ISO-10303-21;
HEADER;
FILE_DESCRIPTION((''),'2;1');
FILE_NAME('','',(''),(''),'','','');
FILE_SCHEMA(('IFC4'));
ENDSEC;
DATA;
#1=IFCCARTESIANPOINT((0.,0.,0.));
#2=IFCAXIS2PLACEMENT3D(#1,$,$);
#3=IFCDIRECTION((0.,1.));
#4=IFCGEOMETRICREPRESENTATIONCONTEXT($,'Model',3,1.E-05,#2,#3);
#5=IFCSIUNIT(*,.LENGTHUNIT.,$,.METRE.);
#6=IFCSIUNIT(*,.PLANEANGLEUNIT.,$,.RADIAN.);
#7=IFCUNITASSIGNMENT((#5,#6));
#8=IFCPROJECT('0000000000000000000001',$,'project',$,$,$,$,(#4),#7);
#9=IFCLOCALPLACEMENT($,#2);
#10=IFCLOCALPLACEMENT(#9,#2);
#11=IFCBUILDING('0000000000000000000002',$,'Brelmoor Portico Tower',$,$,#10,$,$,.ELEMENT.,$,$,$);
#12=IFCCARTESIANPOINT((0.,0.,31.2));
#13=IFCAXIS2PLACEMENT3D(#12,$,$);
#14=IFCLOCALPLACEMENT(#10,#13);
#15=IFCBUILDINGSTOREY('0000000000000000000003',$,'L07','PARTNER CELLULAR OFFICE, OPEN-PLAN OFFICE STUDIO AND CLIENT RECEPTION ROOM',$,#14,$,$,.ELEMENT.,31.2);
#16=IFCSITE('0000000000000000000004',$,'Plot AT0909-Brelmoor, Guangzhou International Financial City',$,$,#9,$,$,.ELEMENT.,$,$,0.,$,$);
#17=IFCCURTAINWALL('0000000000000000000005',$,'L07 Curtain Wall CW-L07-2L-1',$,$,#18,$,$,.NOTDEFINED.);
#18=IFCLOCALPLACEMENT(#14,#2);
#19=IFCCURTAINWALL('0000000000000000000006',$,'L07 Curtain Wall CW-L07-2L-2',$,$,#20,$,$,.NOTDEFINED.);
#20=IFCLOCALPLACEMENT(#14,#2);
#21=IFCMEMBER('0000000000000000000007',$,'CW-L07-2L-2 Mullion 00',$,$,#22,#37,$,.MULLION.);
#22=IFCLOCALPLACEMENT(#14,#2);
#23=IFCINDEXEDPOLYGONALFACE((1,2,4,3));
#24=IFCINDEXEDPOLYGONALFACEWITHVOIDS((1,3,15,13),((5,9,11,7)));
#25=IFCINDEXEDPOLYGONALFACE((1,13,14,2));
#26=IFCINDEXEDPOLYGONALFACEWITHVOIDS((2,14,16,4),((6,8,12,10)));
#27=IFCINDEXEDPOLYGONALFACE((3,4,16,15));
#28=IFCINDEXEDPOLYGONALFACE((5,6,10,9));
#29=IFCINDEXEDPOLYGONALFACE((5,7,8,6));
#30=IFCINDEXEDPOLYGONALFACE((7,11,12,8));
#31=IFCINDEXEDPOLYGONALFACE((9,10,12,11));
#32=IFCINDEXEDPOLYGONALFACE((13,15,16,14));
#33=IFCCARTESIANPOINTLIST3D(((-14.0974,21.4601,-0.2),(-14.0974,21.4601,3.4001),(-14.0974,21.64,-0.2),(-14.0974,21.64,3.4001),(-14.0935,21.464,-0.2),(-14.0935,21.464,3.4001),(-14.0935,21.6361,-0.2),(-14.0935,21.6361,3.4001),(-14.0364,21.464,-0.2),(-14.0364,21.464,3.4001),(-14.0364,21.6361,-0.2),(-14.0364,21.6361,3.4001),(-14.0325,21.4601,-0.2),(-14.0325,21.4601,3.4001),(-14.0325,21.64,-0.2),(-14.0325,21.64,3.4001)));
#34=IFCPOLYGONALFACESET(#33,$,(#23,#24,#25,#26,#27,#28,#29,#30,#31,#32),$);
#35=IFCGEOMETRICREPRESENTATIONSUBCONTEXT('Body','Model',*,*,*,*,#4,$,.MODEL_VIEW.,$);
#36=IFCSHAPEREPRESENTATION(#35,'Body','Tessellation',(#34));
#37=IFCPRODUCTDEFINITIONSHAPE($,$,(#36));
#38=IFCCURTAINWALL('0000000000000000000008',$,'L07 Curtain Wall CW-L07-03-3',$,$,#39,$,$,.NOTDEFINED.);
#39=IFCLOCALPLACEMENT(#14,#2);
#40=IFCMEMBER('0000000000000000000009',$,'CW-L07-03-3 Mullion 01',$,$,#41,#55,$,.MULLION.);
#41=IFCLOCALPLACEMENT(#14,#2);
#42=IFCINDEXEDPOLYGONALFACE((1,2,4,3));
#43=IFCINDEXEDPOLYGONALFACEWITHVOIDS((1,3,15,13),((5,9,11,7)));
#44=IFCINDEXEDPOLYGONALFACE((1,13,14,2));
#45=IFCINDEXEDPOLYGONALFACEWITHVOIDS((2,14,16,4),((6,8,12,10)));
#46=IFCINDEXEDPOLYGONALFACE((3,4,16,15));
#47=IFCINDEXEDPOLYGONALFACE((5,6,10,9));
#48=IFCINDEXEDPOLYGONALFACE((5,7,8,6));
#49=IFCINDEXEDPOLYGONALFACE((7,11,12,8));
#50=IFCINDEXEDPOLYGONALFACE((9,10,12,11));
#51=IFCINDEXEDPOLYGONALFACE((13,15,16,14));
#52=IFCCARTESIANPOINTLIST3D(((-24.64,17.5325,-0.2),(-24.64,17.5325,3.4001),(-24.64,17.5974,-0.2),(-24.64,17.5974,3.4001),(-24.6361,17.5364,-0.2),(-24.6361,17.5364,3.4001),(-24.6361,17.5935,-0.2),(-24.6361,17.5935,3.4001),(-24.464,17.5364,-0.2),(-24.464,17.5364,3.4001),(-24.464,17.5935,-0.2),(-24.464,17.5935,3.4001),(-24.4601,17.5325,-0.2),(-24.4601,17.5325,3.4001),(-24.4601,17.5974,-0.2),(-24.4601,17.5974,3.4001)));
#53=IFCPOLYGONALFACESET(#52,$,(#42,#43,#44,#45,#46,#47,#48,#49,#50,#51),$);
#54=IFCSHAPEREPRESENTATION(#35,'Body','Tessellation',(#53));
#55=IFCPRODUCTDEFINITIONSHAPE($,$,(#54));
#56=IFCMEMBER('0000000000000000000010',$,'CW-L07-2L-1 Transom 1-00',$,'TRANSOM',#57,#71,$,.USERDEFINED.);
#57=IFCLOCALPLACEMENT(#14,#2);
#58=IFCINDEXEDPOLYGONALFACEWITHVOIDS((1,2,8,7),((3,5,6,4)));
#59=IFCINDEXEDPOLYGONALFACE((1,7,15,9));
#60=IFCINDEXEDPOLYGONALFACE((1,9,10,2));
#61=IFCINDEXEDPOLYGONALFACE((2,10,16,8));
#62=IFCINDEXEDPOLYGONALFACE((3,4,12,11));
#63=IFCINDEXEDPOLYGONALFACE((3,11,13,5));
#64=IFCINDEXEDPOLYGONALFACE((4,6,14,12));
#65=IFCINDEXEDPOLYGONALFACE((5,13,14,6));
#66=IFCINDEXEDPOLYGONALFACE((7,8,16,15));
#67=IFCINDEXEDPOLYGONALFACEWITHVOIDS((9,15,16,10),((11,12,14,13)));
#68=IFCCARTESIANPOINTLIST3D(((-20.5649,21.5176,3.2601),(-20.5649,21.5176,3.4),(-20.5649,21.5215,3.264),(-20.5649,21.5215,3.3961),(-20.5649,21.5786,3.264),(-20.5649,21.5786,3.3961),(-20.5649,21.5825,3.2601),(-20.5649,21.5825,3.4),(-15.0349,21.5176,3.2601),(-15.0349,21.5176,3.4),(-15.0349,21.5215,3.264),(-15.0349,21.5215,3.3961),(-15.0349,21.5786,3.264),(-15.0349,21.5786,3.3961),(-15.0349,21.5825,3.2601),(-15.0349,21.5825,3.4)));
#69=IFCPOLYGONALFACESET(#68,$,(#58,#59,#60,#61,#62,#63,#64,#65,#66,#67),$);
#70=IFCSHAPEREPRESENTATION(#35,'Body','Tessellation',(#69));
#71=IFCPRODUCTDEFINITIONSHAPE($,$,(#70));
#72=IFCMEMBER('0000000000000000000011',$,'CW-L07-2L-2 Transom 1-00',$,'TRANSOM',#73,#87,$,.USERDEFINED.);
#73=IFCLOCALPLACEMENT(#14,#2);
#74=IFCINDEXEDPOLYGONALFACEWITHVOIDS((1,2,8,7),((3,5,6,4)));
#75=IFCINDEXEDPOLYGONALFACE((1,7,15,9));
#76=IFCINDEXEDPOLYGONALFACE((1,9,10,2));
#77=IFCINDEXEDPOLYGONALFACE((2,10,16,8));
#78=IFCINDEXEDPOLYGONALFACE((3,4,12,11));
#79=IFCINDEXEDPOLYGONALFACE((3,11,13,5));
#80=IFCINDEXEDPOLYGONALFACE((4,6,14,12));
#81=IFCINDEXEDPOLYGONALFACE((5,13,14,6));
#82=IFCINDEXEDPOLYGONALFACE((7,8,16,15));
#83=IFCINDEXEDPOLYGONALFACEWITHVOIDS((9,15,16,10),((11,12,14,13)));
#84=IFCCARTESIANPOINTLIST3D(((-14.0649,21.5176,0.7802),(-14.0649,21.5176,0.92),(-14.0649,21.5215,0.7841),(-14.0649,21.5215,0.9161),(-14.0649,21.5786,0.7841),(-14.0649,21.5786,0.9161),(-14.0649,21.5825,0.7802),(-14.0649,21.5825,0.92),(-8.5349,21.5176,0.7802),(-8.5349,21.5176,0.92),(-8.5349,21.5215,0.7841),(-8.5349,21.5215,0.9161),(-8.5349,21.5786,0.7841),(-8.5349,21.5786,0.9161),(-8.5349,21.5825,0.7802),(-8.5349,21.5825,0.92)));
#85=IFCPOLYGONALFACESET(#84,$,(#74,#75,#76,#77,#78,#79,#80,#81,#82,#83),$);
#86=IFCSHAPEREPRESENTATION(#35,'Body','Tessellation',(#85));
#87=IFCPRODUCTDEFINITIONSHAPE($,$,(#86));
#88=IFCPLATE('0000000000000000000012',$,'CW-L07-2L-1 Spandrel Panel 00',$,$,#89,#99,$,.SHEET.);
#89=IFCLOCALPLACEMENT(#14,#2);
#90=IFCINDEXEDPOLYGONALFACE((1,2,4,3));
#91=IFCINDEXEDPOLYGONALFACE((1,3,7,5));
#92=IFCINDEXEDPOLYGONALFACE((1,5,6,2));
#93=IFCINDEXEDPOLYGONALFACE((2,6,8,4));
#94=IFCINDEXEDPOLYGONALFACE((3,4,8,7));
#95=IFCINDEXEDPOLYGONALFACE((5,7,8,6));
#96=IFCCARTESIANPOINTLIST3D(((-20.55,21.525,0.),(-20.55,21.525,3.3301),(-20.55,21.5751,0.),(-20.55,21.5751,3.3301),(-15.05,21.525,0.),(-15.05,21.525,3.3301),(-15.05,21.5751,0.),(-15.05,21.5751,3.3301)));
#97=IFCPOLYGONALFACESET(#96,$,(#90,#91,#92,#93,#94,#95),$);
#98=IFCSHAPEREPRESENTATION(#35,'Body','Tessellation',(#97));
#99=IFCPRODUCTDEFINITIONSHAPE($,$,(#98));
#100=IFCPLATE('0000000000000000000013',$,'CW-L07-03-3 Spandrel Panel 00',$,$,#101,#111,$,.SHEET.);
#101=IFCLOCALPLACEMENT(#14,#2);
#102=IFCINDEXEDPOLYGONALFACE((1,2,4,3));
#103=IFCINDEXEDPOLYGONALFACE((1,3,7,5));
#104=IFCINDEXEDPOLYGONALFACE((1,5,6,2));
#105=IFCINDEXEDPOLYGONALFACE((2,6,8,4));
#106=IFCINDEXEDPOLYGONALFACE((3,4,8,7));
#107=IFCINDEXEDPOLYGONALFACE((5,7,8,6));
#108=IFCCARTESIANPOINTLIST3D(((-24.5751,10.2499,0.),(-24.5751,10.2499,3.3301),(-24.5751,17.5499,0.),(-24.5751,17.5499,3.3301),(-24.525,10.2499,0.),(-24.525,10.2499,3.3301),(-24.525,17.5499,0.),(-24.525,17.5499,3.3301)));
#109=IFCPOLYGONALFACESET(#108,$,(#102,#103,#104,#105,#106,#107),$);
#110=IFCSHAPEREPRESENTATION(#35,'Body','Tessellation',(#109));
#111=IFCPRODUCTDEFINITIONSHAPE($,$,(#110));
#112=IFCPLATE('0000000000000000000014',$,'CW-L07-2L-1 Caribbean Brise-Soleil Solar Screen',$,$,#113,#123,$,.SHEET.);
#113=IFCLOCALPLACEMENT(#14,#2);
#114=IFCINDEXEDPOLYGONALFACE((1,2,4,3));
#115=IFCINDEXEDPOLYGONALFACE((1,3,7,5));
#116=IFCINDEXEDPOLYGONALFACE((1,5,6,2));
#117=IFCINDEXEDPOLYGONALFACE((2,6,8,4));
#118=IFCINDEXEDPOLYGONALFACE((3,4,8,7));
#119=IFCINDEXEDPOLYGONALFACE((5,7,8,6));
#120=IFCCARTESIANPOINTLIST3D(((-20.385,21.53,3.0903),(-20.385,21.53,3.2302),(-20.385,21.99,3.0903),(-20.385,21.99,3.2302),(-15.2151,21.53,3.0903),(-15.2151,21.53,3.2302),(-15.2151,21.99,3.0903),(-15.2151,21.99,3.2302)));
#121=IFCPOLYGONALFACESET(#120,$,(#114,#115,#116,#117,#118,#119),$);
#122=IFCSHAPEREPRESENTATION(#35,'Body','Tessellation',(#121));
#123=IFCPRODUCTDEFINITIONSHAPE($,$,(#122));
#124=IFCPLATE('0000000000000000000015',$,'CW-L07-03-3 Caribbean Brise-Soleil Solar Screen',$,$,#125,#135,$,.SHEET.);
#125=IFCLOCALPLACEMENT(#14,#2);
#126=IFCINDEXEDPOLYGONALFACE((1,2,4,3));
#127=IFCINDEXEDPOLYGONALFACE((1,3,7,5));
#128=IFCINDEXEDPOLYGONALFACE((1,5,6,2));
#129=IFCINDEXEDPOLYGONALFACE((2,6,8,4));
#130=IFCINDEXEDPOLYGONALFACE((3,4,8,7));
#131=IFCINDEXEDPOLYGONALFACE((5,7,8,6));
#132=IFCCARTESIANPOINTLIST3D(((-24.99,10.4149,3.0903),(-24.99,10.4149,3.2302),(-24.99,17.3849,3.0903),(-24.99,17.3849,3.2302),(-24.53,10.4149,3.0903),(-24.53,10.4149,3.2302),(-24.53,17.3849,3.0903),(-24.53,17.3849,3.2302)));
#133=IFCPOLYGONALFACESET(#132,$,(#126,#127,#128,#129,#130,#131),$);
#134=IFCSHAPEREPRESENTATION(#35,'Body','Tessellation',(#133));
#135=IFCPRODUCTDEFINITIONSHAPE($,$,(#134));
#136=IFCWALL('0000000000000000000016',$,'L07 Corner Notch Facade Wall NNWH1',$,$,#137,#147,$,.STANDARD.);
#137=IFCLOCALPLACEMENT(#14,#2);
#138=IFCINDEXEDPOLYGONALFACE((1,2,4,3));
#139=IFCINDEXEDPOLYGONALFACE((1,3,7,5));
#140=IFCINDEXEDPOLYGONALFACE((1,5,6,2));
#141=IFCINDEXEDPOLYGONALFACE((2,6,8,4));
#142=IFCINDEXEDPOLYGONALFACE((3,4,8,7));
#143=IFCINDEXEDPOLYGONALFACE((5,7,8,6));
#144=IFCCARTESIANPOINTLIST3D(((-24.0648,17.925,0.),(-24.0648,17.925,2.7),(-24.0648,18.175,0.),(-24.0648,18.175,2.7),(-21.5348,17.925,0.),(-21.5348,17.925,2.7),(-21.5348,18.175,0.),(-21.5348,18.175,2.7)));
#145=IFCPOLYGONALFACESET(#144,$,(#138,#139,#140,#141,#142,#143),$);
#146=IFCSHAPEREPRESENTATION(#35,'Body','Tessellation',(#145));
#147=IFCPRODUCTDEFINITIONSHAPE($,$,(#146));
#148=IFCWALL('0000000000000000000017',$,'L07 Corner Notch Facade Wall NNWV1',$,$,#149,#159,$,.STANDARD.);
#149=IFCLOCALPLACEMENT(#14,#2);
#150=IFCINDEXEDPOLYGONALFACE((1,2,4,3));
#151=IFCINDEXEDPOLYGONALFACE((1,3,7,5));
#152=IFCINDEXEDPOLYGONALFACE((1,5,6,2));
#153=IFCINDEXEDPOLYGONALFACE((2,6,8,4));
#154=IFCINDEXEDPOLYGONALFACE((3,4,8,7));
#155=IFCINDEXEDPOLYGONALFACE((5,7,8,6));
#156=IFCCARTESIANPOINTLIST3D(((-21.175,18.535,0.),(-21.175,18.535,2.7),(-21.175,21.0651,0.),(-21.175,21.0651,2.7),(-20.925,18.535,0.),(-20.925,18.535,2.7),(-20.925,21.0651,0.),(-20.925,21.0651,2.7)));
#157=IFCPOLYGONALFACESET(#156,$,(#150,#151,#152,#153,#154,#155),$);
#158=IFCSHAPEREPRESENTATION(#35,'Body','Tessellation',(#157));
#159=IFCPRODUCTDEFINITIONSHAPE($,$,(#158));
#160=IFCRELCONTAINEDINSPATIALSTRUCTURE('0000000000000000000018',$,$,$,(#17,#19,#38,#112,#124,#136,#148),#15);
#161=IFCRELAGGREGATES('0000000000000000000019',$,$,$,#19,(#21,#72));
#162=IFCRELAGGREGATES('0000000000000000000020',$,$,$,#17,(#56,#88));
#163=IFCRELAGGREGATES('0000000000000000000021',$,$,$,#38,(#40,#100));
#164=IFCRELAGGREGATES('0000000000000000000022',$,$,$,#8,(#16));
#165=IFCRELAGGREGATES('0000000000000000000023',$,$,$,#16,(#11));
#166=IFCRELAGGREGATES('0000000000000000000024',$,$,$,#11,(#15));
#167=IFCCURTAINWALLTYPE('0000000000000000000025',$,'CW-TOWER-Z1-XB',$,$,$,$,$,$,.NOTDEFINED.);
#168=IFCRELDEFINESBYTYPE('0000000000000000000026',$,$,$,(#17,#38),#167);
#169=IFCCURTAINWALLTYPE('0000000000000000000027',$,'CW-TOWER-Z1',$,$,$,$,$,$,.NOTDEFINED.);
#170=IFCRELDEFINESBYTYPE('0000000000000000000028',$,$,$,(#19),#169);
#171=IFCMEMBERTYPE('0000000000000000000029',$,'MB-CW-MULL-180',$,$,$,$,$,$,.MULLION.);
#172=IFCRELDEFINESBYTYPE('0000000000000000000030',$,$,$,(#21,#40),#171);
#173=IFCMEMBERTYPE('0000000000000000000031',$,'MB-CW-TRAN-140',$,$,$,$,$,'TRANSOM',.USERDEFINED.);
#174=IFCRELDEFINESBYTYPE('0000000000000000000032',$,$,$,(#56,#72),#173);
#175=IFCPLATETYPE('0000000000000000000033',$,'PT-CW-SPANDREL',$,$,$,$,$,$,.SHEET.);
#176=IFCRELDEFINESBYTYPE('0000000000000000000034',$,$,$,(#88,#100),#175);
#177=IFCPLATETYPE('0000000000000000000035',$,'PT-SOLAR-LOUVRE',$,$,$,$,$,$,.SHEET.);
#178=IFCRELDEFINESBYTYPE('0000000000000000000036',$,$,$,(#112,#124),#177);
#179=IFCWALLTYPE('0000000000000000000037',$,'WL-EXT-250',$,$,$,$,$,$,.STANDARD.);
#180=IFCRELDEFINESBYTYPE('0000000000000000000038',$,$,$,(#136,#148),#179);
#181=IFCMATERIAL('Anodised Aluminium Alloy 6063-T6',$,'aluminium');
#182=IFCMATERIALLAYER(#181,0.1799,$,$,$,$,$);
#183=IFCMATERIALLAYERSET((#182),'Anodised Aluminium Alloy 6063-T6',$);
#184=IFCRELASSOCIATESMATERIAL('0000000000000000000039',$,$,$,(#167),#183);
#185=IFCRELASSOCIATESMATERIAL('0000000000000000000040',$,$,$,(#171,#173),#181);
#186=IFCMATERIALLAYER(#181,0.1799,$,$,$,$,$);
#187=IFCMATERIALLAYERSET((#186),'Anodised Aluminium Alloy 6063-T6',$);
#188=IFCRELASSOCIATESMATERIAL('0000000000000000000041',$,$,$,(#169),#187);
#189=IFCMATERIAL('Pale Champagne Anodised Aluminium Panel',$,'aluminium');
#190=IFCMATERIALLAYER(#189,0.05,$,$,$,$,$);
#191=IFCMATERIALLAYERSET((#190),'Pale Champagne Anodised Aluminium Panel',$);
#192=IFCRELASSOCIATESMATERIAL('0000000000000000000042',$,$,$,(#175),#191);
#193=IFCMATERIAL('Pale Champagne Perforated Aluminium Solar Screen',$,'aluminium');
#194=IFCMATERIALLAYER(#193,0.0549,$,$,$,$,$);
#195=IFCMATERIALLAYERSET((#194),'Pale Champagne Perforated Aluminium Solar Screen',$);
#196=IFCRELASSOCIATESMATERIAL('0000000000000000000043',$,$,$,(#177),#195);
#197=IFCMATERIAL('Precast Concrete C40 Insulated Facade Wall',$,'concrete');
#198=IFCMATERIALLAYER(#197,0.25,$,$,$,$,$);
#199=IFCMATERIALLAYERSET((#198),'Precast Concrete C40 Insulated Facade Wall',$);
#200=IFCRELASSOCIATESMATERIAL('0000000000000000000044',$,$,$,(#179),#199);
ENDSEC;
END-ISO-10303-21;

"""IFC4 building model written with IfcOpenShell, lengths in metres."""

from ifc_helpers import new_model, si_unit, direction, frame, frame_2d, origin, origin_2d, place, context, subcontext, project, spatial, rectangle, hollow_rectangle, extrude, material, layer, layer_set, material_profile, profile_set, type_object, element, aggregate, save


model = new_model("IFC4")

# Units and contexts
model_context = context("Model", 3, precision=1e-05, world=origin(), true_north=direction((0.0, 1.0)))
body_context = subcontext(model_context, "Body", "Model", "MODEL_VIEW")
ifc_project = project(units=[si_unit("LENGTHUNIT", "METRE"), si_unit("PLANEANGLEUNIT", "RADIAN")], contexts=[model_context])

# Site, building, storey
site_placement = place(None, origin())
site = spatial("IfcSite", under=ifc_project, at=site_placement, Name="Plot AT0909-Brelmoor, Guangzhou International Financial City", CompositionType="ELEMENT", RefElevation=0.0)
building_placement = place(site_placement, origin())
building = spatial("IfcBuilding", under=site, at=building_placement, Name="Brelmoor Portico Tower", CompositionType="ELEMENT")
storey_placement = place(building_placement, frame((0.0, 0.0, 31.2)))
storey = spatial("IfcBuildingStorey", under=building, at=storey_placement, Name="L07", Description="PARTNER CELLULAR OFFICE, OPEN-PLAN OFFICE STUDIO AND CLIENT RECEPTION ROOM", CompositionType="ELEMENT", Elevation=31.2)

# Curtain wall
ifc_material_1 = material(Name="Anodised Aluminium Alloy 6063-T6", Category="aluminium")
ifc_layer_1 = layer(ifc_material_1, 0.1799)
ifc_layer_set_1 = layer_set([ifc_layer_1], Name="Anodised Aluminium Alloy 6063-T6")
curtain_wall_type_1 = type_object("IfcCurtainWallType", Name="CW-TOWER-Z1-XB", PredefinedType="NOTDEFINED", material=ifc_layer_set_1)
curtain_wall_1_placement = place(storey_placement, origin())
curtain_wall_1 = element("IfcCurtainWall", 1, at=curtain_wall_1_placement, inside=storey, type_object=curtain_wall_type_1, Name="L07 Curtain Wall CW-L07-2L-1", PredefinedType="NOTDEFINED")
ifc_material_profile_1 = material_profile(ifc_material_1, hollow_rectangle(XDim=0.0649, YDim=0.1799, WallThickness=0.0039, at=origin_2d()), Name="ALU MULLION 65x180")
ifc_profile_set_1 = profile_set([ifc_material_profile_1], Name="Anodised Aluminium Alloy 6063-T6")
member_type_1 = type_object("IfcMemberType", Name="MB-CW-MULL-180", PredefinedType="MULLION", material=ifc_profile_set_1)

# Curtain walls, members
ifc_layer_2 = layer(ifc_material_1, 0.1799)
ifc_layer_set_2 = layer_set([ifc_layer_2], Name="Anodised Aluminium Alloy 6063-T6")
curtain_wall_type_2 = type_object("IfcCurtainWallType", Name="CW-TOWER-Z1", PredefinedType="NOTDEFINED", material=ifc_layer_set_2)
curtain_wall_2_placement = place(storey_placement, origin())
curtain_wall_2 = element("IfcCurtainWall", 2, at=curtain_wall_2_placement, inside=storey, type_object=curtain_wall_type_2, Name="L07 Curtain Wall CW-L07-2L-2", PredefinedType="NOTDEFINED")
member_1_placement = place(storey_placement, frame((-14.0649, 21.55, -0.2), z_axis=(0.0, 0.0, 1.0), x_axis=(1.0, 0.0, 0.0)))
member_1 = element("IfcMember", 3, at=member_1_placement, type_object=member_type_1, Name="CW-L07-2L-2 Mullion 00", PredefinedType="MULLION", context=body_context, shape_type="SweptSolid", body=[
    extrude(hollow_rectangle(XDim=0.0649, YDim=0.1799, WallThickness=0.0039, at=origin_2d()), origin(), (0.0, 0.0, 1.0), 3.6001),
])
curtain_wall_3_placement = place(storey_placement, origin())
curtain_wall_3 = element("IfcCurtainWall", 4, at=curtain_wall_3_placement, inside=storey, type_object=curtain_wall_type_1, Name="L07 Curtain Wall CW-L07-03-3", PredefinedType="NOTDEFINED")
member_2_placement = place(storey_placement, frame((-24.55, 17.5649, -0.2), z_axis=(0.0, 0.0, 1.0), x_axis=(0.0, 1.0, 0.0)))
member_2 = element("IfcMember", 5, at=member_2_placement, type_object=member_type_1, Name="CW-L07-03-3 Mullion 01", PredefinedType="MULLION", context=body_context, shape_type="SweptSolid", body=[
    extrude(hollow_rectangle(XDim=0.0649, YDim=0.1799, WallThickness=0.0039, at=origin_2d()), origin(), (0.0, 0.0, 1.0), 3.6001),
])

# Members
ifc_material_profile_2 = material_profile(ifc_material_1, hollow_rectangle(XDim=0.0649, YDim=0.1399, WallThickness=0.0039, at=origin_2d()), Name="ALU TRANSOM 65x140")
ifc_profile_set_2 = profile_set([ifc_material_profile_2], Name="Anodised Aluminium Alloy 6063-T6")
member_type_2 = type_object("IfcMemberType", Name="MB-CW-TRAN-140", ElementType="TRANSOM", PredefinedType="USERDEFINED", material=ifc_profile_set_2)
member_3_placement = place(storey_placement, frame((-20.5649, 21.55, 3.3301), z_axis=(1.0, 0.0, 0.0), x_axis=(0.0, 1.0, 0.0)))
member_3 = element("IfcMember", 6, at=member_3_placement, type_object=member_type_2, Name="CW-L07-2L-1 Transom 1-00", ObjectType="TRANSOM", PredefinedType="USERDEFINED", context=body_context, shape_type="SweptSolid", body=[
    extrude(hollow_rectangle(XDim=0.0649, YDim=0.1399, WallThickness=0.0039, at=origin_2d()), origin(), (0.0, 0.0, 1.0), 5.53),
])
member_4_placement = place(storey_placement, frame((-14.0649, 21.55, 0.8501), z_axis=(1.0, 0.0, 0.0), x_axis=(0.0, 1.0, 0.0)))
member_4 = element("IfcMember", 7, at=member_4_placement, type_object=member_type_2, Name="CW-L07-2L-2 Transom 1-00", ObjectType="TRANSOM", PredefinedType="USERDEFINED", context=body_context, shape_type="SweptSolid", body=[
    extrude(hollow_rectangle(XDim=0.0649, YDim=0.1399, WallThickness=0.0039, at=origin_2d()), origin(), (0.0, 0.0, 1.0), 5.53),
])
aggregate(curtain_wall_2, [member_1, member_4])

# Plates
ifc_material_2 = material(Name="Pale Champagne Anodised Aluminium Panel", Category="aluminium")
ifc_layer_3 = layer(ifc_material_2, 0.05)
ifc_layer_set_3 = layer_set([ifc_layer_3], Name="Pale Champagne Anodised Aluminium Panel")
plate_type_1 = type_object("IfcPlateType", Name="PT-CW-SPANDREL", PredefinedType="SHEET", material=ifc_layer_set_3)
plate_1_placement = place(storey_placement, frame((-17.8, 21.55, 0.0), z_axis=(0.0, 0.0, 1.0), x_axis=(1.0, 0.0, 0.0)))
plate_1 = element("IfcPlate", 8, at=plate_1_placement, type_object=plate_type_1, Name="CW-L07-2L-1 Spandrel Panel 00", PredefinedType="SHEET", context=body_context, shape_type="SweptSolid", body=[
    extrude(rectangle(XDim=5.5, YDim=0.05, at=origin_2d()), origin(), (0.0, 0.0, 1.0), 3.3301),
])
aggregate(curtain_wall_1, [member_3, plate_1])
plate_2_placement = place(storey_placement, frame((-24.55, 13.8999, 0.0), z_axis=(0.0, 0.0, 1.0), x_axis=(0.0, 1.0, 0.0)))
plate_2 = element("IfcPlate", 9, at=plate_2_placement, type_object=plate_type_1, Name="CW-L07-03-3 Spandrel Panel 00", PredefinedType="SHEET", context=body_context, shape_type="SweptSolid", body=[
    extrude(rectangle(XDim=7.3, YDim=0.05, at=origin_2d()), origin(), (0.0, 0.0, 1.0), 3.3301),
])
aggregate(curtain_wall_3, [member_2, plate_2])

# Plates
ifc_material_3 = material(Name="Pale Champagne Perforated Aluminium Solar Screen", Category="aluminium")
ifc_layer_4 = layer(ifc_material_3, 0.0549)
ifc_layer_set_4 = layer_set([ifc_layer_4], Name="Pale Champagne Perforated Aluminium Solar Screen")
plate_type_2 = type_object("IfcPlateType", Name="PT-SOLAR-LOUVRE", PredefinedType="SHEET", material=ifc_layer_set_4)
plate_3_placement = place(storey_placement, frame((-17.8, 21.76, 3.0903), z_axis=(0.0, 0.0, 1.0), x_axis=(1.0, 0.0, 0.0)))
element("IfcPlate", 10, at=plate_3_placement, inside=storey, type_object=plate_type_2, Name="CW-L07-2L-1 Caribbean Brise-Soleil Solar Screen", PredefinedType="SHEET", context=body_context, shape_type="SweptSolid", body=[
    extrude(rectangle(XDim=5.1699, YDim=0.46, at=origin_2d()), origin(), (0.0, 0.0, 1.0), 0.1399),
])
plate_4_placement = place(storey_placement, frame((-24.76, 13.8999, 3.0903), z_axis=(0.0, 0.0, 1.0), x_axis=(0.0, 1.0, 0.0)))
element("IfcPlate", 11, at=plate_4_placement, inside=storey, type_object=plate_type_2, Name="CW-L07-03-3 Caribbean Brise-Soleil Solar Screen", PredefinedType="SHEET", context=body_context, shape_type="SweptSolid", body=[
    extrude(rectangle(XDim=6.97, YDim=0.46, at=origin_2d()), origin(), (0.0, 0.0, 1.0), 0.1399),
])

# Walls
ifc_material_4 = material(Name="Precast Concrete C40 Insulated Facade Wall", Category="concrete")
ifc_layer_5 = layer(ifc_material_4, 0.25)
ifc_layer_set_5 = layer_set([ifc_layer_5], Name="Precast Concrete C40 Insulated Facade Wall")
wall_type_1 = type_object("IfcWallType", Name="WL-EXT-250", PredefinedType="STANDARD", material=ifc_layer_set_5)
for number, where, z_axis, x_axis, name in (
    (12, (-24.0649, 18.05, 0.0), (0.0, 0.0, 1.0), (1.0, 0.0, 0.0), "L07 Corner Notch Facade Wall NNWH1"),
    (13, (-21.05, 18.5349, 0.0), (0.0, 0.0, 1.0), (0.0, 1.0, 0.0), "L07 Corner Notch Facade Wall NNWV1"),
):
    element("IfcWall", number, at=place(storey_placement, frame(where, z_axis=z_axis, x_axis=x_axis)), inside=storey, type_object=wall_type_1, Name=name, PredefinedType="STANDARD", context=body_context, shape_type="SweptSolid", body=[
        extrude(rectangle(XDim=2.53, YDim=0.25, at=frame_2d((1.2651, 0.0))), origin(), (0.0, 0.0, 1.0), 2.7),
    ])

save(model, "model.ifc")
